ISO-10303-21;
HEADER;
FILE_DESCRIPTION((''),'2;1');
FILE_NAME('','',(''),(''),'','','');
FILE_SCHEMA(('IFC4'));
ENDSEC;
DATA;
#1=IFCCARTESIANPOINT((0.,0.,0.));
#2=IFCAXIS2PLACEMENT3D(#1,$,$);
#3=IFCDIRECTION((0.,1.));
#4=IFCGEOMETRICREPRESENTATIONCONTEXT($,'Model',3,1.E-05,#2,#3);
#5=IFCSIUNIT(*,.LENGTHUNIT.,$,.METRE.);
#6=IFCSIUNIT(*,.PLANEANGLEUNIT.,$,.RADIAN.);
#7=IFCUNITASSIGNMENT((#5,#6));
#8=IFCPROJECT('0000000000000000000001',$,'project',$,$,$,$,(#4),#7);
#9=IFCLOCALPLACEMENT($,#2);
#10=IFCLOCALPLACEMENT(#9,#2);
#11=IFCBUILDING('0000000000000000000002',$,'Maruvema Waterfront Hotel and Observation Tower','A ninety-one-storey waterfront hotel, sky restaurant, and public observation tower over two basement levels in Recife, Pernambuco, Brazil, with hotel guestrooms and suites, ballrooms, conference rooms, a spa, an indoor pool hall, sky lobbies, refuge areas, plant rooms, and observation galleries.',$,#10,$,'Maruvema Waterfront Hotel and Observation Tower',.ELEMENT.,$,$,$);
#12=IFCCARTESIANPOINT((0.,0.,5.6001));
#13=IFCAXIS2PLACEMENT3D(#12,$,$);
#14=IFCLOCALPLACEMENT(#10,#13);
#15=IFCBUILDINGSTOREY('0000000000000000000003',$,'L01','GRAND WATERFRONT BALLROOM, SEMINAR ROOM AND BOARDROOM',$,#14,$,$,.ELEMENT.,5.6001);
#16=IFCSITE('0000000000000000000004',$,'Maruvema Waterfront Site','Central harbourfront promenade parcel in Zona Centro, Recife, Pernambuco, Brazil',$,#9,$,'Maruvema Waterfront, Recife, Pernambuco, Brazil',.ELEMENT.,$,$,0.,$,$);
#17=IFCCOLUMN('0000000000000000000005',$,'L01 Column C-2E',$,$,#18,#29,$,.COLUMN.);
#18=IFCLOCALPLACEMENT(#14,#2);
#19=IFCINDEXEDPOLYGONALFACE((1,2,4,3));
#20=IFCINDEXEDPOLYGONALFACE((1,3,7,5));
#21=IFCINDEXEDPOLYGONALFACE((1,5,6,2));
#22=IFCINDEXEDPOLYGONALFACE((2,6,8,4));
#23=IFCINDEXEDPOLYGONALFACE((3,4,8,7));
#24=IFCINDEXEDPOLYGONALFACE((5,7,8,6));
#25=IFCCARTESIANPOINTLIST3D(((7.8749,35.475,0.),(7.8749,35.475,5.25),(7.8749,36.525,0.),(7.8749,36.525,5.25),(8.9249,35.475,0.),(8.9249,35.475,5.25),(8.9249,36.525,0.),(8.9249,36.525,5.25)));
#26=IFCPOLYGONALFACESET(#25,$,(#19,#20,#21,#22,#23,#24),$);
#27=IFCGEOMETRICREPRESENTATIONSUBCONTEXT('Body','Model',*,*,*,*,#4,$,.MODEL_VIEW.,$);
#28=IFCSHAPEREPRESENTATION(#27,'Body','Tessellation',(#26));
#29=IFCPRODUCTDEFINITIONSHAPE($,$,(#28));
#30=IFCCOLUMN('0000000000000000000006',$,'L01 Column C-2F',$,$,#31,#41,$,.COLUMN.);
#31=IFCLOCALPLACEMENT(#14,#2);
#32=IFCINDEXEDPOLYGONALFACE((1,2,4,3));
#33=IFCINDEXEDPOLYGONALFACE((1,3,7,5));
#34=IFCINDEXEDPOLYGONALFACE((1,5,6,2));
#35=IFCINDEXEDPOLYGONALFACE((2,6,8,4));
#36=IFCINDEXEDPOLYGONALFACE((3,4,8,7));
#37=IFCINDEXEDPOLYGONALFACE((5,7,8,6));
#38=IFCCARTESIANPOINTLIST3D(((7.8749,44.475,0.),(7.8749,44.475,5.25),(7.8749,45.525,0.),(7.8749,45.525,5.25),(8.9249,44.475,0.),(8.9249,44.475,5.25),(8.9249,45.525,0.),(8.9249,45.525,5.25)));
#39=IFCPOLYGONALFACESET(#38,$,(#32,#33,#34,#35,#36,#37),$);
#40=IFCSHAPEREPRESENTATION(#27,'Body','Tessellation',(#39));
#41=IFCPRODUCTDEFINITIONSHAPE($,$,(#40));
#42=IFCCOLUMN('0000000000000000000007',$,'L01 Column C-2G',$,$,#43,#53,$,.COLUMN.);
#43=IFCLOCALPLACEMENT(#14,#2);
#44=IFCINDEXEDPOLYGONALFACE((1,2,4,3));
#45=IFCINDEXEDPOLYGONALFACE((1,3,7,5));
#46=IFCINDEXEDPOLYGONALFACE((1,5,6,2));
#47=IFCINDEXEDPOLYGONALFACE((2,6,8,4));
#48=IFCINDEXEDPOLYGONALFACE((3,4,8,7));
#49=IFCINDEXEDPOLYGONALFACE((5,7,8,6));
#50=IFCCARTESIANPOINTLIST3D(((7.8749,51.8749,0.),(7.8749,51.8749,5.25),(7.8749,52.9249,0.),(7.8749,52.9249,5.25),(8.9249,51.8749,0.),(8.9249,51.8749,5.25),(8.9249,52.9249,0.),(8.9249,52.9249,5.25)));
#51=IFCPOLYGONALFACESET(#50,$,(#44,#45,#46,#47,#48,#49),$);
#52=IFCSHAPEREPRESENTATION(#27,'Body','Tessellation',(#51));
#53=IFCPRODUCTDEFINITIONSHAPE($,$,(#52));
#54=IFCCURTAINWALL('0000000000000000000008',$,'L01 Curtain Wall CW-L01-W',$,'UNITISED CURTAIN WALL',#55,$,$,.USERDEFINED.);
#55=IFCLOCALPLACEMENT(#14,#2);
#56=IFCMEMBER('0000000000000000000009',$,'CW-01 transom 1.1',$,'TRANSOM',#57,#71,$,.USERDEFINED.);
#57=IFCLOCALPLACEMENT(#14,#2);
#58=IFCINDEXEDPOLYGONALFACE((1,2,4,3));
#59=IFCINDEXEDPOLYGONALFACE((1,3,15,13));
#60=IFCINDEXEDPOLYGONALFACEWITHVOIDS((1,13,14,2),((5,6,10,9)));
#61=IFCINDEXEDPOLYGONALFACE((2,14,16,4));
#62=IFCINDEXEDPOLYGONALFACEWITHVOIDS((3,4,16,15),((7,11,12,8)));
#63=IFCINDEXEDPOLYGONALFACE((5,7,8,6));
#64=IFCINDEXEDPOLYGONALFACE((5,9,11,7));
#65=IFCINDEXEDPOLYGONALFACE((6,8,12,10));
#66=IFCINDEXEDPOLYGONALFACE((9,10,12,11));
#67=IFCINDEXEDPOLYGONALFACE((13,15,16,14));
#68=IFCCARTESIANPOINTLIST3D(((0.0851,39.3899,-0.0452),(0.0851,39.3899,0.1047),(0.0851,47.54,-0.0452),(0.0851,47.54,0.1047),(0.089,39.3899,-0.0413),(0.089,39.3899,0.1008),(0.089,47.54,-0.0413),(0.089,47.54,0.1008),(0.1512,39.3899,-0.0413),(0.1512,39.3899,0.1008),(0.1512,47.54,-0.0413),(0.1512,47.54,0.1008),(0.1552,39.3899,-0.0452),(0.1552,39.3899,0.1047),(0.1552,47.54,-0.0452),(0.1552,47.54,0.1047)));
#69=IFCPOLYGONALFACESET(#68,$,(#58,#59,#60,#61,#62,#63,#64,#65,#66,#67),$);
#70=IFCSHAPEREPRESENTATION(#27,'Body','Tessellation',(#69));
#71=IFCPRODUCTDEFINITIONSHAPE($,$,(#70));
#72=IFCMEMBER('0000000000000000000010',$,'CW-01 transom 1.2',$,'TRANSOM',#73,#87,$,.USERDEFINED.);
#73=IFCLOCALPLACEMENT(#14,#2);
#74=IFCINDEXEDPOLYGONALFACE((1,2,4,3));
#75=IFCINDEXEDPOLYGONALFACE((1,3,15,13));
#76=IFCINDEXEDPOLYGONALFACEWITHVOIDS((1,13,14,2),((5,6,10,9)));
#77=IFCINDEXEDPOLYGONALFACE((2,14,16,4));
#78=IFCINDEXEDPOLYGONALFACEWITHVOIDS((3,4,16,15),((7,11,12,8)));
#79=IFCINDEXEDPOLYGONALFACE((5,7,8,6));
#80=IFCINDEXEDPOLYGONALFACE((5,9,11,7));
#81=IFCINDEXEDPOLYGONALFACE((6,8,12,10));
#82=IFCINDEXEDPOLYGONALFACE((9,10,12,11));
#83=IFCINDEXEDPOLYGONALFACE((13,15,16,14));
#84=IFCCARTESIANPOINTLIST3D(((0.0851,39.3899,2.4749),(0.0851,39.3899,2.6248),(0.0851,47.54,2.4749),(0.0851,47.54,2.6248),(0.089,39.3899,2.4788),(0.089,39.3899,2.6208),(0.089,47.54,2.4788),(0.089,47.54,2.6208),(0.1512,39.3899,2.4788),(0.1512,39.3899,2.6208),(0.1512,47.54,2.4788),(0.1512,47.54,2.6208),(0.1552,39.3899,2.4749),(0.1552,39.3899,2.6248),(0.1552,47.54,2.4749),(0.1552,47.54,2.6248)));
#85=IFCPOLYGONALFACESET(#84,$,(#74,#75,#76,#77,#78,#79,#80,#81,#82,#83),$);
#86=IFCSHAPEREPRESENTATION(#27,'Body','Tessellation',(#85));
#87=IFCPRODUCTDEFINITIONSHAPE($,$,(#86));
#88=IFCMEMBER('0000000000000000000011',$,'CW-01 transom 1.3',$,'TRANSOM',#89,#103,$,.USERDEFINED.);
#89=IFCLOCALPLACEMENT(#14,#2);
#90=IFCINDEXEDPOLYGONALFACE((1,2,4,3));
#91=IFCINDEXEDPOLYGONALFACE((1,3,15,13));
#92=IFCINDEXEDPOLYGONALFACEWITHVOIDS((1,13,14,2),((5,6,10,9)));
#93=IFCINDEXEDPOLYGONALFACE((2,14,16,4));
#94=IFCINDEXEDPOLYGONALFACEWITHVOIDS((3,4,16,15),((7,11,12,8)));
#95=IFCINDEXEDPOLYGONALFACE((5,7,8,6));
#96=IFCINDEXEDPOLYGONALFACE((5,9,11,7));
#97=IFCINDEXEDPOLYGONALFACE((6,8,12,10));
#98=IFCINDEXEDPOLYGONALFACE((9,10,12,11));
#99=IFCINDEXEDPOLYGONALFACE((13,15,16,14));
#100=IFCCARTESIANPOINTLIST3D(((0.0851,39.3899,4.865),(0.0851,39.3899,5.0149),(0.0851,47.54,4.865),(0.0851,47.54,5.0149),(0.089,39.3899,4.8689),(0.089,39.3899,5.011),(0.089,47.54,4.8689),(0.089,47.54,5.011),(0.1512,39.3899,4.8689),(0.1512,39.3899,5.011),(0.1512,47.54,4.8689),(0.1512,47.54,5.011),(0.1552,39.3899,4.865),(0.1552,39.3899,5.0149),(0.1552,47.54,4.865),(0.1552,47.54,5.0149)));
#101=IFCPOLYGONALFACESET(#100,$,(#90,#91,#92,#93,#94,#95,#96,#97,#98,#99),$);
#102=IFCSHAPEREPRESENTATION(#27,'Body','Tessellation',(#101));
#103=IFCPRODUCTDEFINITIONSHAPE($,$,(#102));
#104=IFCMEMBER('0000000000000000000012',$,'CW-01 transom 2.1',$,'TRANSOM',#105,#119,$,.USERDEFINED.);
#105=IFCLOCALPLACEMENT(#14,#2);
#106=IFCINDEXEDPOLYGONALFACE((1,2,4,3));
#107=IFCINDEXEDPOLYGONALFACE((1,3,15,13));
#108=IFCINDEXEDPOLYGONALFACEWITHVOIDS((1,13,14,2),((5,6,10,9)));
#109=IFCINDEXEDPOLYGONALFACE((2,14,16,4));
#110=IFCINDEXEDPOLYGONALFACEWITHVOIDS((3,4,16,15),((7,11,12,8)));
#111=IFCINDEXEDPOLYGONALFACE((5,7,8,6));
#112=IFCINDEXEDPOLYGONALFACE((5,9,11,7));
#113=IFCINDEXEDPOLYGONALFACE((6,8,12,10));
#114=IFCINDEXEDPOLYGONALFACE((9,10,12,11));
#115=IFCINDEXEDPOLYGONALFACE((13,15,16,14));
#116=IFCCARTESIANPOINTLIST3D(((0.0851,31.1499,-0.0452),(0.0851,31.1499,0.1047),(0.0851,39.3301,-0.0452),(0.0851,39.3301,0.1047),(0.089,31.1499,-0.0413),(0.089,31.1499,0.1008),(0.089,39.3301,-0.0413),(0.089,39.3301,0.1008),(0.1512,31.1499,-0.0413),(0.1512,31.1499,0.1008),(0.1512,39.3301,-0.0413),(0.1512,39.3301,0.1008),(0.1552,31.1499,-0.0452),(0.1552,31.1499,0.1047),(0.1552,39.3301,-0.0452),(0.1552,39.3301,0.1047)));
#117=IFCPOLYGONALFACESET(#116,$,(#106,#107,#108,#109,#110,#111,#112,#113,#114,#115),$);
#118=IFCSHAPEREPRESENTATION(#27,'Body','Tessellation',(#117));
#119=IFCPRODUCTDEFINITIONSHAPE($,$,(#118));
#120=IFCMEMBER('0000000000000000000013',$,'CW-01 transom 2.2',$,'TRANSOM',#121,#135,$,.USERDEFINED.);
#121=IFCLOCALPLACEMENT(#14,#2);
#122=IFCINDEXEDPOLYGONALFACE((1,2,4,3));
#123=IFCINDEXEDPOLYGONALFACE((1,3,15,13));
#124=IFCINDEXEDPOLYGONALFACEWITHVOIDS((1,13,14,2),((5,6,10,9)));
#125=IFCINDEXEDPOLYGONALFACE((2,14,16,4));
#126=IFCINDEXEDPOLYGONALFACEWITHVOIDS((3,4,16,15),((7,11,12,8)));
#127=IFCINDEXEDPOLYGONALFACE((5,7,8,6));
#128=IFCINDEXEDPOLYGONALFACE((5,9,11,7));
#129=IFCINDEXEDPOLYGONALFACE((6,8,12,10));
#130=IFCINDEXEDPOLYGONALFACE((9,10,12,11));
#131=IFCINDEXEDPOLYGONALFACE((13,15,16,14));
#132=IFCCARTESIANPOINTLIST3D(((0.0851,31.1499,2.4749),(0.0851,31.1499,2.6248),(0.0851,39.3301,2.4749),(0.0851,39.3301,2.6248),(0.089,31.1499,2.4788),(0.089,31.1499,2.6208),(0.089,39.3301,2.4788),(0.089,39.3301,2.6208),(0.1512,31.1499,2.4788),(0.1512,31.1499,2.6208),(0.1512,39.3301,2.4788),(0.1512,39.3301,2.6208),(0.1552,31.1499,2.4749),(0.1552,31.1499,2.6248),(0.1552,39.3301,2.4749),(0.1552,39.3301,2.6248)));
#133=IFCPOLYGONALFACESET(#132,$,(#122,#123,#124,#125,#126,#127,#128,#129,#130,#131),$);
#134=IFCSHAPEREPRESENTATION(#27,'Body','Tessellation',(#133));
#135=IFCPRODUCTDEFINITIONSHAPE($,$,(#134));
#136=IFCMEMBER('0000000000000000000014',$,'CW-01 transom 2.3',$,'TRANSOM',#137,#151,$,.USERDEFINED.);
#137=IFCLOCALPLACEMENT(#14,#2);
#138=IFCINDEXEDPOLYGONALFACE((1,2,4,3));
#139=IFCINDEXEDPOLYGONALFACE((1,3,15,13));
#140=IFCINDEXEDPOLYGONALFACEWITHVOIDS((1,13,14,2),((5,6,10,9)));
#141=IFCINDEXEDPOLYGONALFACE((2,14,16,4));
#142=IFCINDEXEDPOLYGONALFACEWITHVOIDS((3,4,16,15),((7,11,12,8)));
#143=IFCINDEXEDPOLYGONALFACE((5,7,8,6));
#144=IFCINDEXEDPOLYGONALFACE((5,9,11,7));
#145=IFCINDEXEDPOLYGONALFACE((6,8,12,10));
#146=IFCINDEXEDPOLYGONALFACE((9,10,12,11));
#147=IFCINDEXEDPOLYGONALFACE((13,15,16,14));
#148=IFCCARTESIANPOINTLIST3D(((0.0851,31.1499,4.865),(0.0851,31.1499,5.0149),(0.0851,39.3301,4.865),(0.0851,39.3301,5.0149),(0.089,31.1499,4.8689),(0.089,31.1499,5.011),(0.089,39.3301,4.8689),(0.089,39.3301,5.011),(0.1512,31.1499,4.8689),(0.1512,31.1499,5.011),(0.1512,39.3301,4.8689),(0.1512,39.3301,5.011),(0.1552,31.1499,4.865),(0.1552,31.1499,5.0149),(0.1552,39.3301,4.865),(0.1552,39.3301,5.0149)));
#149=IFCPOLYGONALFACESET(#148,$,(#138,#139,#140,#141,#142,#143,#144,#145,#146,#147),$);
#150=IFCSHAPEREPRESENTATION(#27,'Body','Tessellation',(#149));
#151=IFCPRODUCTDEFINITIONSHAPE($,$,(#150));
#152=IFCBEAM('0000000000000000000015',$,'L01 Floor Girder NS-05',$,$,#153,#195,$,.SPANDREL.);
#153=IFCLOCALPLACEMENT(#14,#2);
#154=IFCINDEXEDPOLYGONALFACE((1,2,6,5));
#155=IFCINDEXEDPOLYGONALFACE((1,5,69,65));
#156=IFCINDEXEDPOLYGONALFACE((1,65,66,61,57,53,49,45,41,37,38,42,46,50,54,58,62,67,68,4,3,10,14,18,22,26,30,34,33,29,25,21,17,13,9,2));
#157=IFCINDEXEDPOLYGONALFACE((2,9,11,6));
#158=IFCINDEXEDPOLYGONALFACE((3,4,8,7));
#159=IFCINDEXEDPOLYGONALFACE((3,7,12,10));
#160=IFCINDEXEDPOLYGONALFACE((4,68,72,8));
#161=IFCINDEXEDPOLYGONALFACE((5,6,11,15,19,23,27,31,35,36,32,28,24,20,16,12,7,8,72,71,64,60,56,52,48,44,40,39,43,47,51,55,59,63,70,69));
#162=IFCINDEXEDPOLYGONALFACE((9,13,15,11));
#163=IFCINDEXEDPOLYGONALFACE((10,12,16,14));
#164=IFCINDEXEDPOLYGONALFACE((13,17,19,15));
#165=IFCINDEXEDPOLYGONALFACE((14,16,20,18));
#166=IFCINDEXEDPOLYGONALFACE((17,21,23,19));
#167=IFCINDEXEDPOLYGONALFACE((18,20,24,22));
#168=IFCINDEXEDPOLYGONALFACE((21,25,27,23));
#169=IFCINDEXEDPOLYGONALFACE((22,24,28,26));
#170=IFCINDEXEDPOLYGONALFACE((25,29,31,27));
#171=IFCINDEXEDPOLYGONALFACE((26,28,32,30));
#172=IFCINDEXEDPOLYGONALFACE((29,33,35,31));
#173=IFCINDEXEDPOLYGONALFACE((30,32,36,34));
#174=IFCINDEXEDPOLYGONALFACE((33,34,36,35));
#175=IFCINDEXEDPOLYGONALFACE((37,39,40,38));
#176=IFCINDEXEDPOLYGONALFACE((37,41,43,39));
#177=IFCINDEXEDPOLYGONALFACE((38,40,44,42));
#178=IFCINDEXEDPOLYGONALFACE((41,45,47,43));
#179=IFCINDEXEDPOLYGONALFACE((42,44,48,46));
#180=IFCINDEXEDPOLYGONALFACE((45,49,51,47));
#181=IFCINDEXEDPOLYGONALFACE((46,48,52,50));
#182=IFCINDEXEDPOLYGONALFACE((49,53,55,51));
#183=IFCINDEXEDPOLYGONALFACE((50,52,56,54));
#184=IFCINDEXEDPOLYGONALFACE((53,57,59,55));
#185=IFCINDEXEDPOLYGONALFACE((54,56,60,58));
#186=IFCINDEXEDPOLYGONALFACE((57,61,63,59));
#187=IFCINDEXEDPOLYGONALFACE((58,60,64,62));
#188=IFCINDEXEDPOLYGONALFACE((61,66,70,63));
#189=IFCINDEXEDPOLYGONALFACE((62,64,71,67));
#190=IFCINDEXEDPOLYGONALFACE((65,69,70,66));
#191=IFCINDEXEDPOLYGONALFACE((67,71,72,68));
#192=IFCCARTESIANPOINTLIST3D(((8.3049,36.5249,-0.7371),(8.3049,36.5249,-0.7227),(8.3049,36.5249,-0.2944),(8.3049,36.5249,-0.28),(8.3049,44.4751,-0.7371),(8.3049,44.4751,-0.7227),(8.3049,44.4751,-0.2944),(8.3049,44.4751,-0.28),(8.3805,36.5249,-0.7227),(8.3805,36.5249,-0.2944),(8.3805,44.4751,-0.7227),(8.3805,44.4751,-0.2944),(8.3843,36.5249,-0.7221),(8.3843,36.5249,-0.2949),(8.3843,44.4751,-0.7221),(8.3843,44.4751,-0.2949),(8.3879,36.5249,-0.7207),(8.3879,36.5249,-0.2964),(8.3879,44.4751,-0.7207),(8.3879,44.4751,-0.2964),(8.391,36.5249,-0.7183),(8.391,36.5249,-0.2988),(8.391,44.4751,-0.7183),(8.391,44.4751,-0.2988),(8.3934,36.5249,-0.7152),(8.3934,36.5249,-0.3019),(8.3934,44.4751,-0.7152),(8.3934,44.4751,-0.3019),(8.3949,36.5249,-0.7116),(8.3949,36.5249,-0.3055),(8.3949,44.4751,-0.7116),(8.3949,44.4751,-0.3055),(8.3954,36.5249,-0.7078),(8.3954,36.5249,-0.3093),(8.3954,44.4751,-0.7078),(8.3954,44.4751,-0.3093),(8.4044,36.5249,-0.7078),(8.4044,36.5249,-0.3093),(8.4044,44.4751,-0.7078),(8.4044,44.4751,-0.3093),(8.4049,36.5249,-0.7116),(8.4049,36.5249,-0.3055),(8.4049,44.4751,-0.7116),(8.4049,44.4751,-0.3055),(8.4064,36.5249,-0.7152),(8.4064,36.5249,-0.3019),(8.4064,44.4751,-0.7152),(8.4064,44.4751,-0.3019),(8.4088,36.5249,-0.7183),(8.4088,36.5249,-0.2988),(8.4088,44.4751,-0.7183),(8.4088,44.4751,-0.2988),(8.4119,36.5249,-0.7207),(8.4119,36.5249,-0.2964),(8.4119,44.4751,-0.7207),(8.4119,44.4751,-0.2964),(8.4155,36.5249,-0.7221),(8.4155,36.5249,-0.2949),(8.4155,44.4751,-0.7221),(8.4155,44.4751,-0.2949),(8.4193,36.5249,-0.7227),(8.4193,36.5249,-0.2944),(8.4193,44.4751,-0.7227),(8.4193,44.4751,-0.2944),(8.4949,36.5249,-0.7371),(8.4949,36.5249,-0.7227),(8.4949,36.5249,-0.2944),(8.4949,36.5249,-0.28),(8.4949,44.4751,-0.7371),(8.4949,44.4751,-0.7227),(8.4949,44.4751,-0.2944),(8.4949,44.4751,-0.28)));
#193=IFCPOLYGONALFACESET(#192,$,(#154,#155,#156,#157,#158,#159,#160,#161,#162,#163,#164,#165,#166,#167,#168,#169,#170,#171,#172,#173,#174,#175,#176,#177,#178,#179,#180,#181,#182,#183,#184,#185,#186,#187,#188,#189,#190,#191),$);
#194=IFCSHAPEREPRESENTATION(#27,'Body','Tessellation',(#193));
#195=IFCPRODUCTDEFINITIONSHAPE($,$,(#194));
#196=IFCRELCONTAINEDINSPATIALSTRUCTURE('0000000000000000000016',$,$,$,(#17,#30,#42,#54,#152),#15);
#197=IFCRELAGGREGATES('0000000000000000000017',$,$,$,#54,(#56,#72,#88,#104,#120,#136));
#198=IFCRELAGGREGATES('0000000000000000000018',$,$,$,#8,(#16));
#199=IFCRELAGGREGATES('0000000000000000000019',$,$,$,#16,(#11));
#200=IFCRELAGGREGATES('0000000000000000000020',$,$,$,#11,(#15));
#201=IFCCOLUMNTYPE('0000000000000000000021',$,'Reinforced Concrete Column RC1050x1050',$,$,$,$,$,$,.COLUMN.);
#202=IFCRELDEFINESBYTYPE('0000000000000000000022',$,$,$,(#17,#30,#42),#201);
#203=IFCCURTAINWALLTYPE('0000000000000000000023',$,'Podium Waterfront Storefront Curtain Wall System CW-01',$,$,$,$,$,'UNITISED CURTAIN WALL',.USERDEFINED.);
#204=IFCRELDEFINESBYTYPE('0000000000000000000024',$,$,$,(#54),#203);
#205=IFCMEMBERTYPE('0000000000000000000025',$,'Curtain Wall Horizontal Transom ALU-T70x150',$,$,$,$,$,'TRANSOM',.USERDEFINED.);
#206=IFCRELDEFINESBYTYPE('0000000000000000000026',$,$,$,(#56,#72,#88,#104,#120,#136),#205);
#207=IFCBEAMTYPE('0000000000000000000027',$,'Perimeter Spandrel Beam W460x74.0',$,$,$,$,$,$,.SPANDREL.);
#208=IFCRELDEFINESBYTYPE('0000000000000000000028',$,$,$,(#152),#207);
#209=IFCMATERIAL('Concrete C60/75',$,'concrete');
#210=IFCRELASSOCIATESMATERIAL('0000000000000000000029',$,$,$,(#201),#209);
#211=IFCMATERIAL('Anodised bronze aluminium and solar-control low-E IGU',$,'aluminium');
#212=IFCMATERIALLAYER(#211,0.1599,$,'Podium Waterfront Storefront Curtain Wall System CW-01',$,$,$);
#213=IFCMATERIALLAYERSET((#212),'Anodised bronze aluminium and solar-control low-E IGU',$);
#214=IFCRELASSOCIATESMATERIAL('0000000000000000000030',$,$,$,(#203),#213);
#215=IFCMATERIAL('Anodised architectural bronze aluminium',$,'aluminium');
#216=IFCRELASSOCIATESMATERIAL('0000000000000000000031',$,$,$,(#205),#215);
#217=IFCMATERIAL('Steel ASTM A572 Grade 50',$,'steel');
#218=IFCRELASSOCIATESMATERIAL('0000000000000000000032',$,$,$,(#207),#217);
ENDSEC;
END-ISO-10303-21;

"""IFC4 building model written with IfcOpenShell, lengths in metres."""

from ifc_helpers import new_model, si_unit, direction, frame, origin, origin_2d, place, context, subcontext, project, spatial, rectangle, hollow_rectangle, i_section, extrude, material, layer, layer_set, material_profile, profile_set, type_object, element, aggregate, save


model = new_model("IFC4")

# Units and contexts
model_context = context("Model", 3, precision=1e-05, world=origin(), true_north=direction((0.0, 1.0)))
body_context = subcontext(model_context, "Body", "Model", "MODEL_VIEW")
ifc_project = project(units=[si_unit("LENGTHUNIT", "METRE"), si_unit("PLANEANGLEUNIT", "RADIAN")], contexts=[model_context])

# Site, building, storey
site_placement = place(None, origin())
site = spatial("IfcSite", under=ifc_project, at=site_placement, Name="Maruvema Waterfront Site", Description="Central harbourfront promenade parcel in Zona Centro, Recife, Pernambuco, Brazil", LongName="Maruvema Waterfront, Recife, Pernambuco, Brazil", CompositionType="ELEMENT", RefElevation=0.0)
building_placement = place(site_placement, origin())
building = spatial("IfcBuilding", under=site, at=building_placement, Name="Maruvema Waterfront Hotel and Observation Tower", Description="A ninety-one-storey waterfront hotel, sky restaurant, and public observation tower over two basement levels in Recife, Pernambuco, Brazil, with hotel guestrooms and suites, ballrooms, conference rooms, a spa, an indoor pool hall, sky lobbies, refuge areas, plant rooms, and observation galleries.", LongName="Maruvema Waterfront Hotel and Observation Tower", CompositionType="ELEMENT")
storey_placement = place(building_placement, frame((0.0, 0.0, 5.6001)))
storey = spatial("IfcBuildingStorey", under=building, at=storey_placement, Name="L01", Description="GRAND WATERFRONT BALLROOM, SEMINAR ROOM AND BOARDROOM", CompositionType="ELEMENT", Elevation=5.6001)

# Columns
ifc_material_1 = material(Name="Concrete C60/75", Category="concrete")
ifc_material_profile_1 = material_profile(ifc_material_1, rectangle(XDim=1.05, YDim=1.05, at=origin_2d()), Name="RC1050x1050")
ifc_profile_set_1 = profile_set([ifc_material_profile_1], Name="Concrete C60/75")
column_type = type_object("IfcColumnType", Name="Reinforced Concrete Column RC1050x1050", PredefinedType="COLUMN", material=ifc_profile_set_1)
for number, where, z_axis, x_axis, name in (
    (1, (8.3999, 36.0, 0.0), (0.0, 0.0, 1.0), (1.0, 0.0, 0.0), "L01 Column C-2E"),
    (2, (8.3999, 45.0, 0.0), (0.0, 0.0, 1.0), (1.0, 0.0, 0.0), "L01 Column C-2F"),
    (3, (8.3999, 52.3999, 0.0), (0.0, 0.0, 1.0), (1.0, 0.0, 0.0), "L01 Column C-2G"),
):
    element("IfcColumn", number, at=place(storey_placement, frame(where, z_axis=z_axis, x_axis=x_axis)), inside=storey, type_object=column_type, Name=name, PredefinedType="COLUMN", context=body_context, shape_type="SweptSolid", body=[
        extrude(rectangle(XDim=1.05, YDim=1.05, at=origin_2d()), origin(), (0.0, 0.0, 1.0), 5.25),
    ])

# Curtain wall, members
ifc_material_2 = material(Name="Anodised bronze aluminium and solar-control low-E IGU", Category="aluminium")
ifc_layer_1 = layer(ifc_material_2, 0.1599, Name="Podium Waterfront Storefront Curtain Wall System CW-01")
ifc_layer_set_1 = layer_set([ifc_layer_1], Name="Anodised bronze aluminium and solar-control low-E IGU")
curtain_wall_type = type_object("IfcCurtainWallType", Name="Podium Waterfront Storefront Curtain Wall System CW-01", ElementType="UNITISED CURTAIN WALL", PredefinedType="USERDEFINED", material=ifc_layer_set_1)
curtain_wall_1_placement = place(storey_placement, origin())
curtain_wall_1 = element("IfcCurtainWall", 4, at=curtain_wall_1_placement, inside=storey, type_object=curtain_wall_type, Name="L01 Curtain Wall CW-L01-W", ObjectType="UNITISED CURTAIN WALL", PredefinedType="USERDEFINED")
ifc_material_3 = material(Name="Anodised architectural bronze aluminium", Category="aluminium")
ifc_material_profile_2 = material_profile(ifc_material_3, hollow_rectangle(XDim=0.0701, YDim=0.1499, WallThickness=0.0039, at=origin_2d()), Name="ALU-T70x150")
ifc_profile_set_2 = profile_set([ifc_material_profile_2], Name="Anodised architectural bronze aluminium")
member_type_1 = type_object("IfcMemberType", Name="Curtain Wall Horizontal Transom ALU-T70x150", ElementType="TRANSOM", PredefinedType="USERDEFINED", material=ifc_profile_set_2)
member_1_placement = place(storey_placement, frame((0.1201, 47.54, 0.0298), z_axis=(0.0, -1.0, 0.0), x_axis=(1.0, 0.0, 0.0)))
member_1 = element("IfcMember", 5, at=member_1_placement, type_object=member_type_1, Name="CW-01 transom 1.1", ObjectType="TRANSOM", PredefinedType="USERDEFINED", context=body_context, shape_type="SweptSolid", body=[
    extrude(hollow_rectangle(XDim=0.0701, YDim=0.1499, WallThickness=0.0039, at=origin_2d()), origin(), (0.0, 0.0, 1.0), 8.1501),
])
member_2_placement = place(storey_placement, frame((0.1201, 47.54, 2.5498), z_axis=(0.0, -1.0, 0.0), x_axis=(1.0, 0.0, 0.0)))
member_2 = element("IfcMember", 6, at=member_2_placement, type_object=member_type_1, Name="CW-01 transom 1.2", ObjectType="TRANSOM", PredefinedType="USERDEFINED", context=body_context, shape_type="SweptSolid", body=[
    extrude(hollow_rectangle(XDim=0.0701, YDim=0.1499, WallThickness=0.0039, at=origin_2d()), origin(), (0.0, 0.0, 1.0), 8.1501),
])
member_3_placement = place(storey_placement, frame((0.1201, 47.54, 4.9399), z_axis=(0.0, -1.0, 0.0), x_axis=(1.0, 0.0, 0.0)))
member_3 = element("IfcMember", 7, at=member_3_placement, type_object=member_type_1, Name="CW-01 transom 1.3", ObjectType="TRANSOM", PredefinedType="USERDEFINED", context=body_context, shape_type="SweptSolid", body=[
    extrude(hollow_rectangle(XDim=0.0701, YDim=0.1499, WallThickness=0.0039, at=origin_2d()), origin(), (0.0, 0.0, 1.0), 8.1501),
])
member_4_placement = place(storey_placement, frame((0.1201, 39.3301, 0.0298), z_axis=(0.0, -1.0, 0.0), x_axis=(1.0, 0.0, 0.0)))
member_4 = element("IfcMember", 8, at=member_4_placement, type_object=member_type_1, Name="CW-01 transom 2.1", ObjectType="TRANSOM", PredefinedType="USERDEFINED", context=body_context, shape_type="SweptSolid", body=[
    extrude(hollow_rectangle(XDim=0.0701, YDim=0.1499, WallThickness=0.0039, at=origin_2d()), origin(), (0.0, 0.0, 1.0), 8.1802),
])
member_5_placement = place(storey_placement, frame((0.1201, 39.3301, 2.5498), z_axis=(0.0, -1.0, 0.0), x_axis=(1.0, 0.0, 0.0)))
member_5 = element("IfcMember", 9, at=member_5_placement, type_object=member_type_1, Name="CW-01 transom 2.2", ObjectType="TRANSOM", PredefinedType="USERDEFINED", context=body_context, shape_type="SweptSolid", body=[
    extrude(hollow_rectangle(XDim=0.0701, YDim=0.1499, WallThickness=0.0039, at=origin_2d()), origin(), (0.0, 0.0, 1.0), 8.1802),
])
member_6_placement = place(storey_placement, frame((0.1201, 39.3301, 4.9399), z_axis=(0.0, -1.0, 0.0), x_axis=(1.0, 0.0, 0.0)))
member_6 = element("IfcMember", 10, at=member_6_placement, type_object=member_type_1, Name="CW-01 transom 2.3", ObjectType="TRANSOM", PredefinedType="USERDEFINED", context=body_context, shape_type="SweptSolid", body=[
    extrude(hollow_rectangle(XDim=0.0701, YDim=0.1499, WallThickness=0.0039, at=origin_2d()), origin(), (0.0, 0.0, 1.0), 8.1802),
])

# Beam
ifc_material_4 = material(Name="Steel ASTM A572 Grade 50", Category="steel")
ifc_material_profile_3 = material_profile(ifc_material_4, i_section(OverallWidth=0.1899, OverallDepth=0.457, WebThickness=0.009, FlangeThickness=0.0144, FilletRadius=0.0149, at=origin_2d()), Name="W460x74.0")
ifc_profile_set_3 = profile_set([ifc_material_profile_3], Name="Steel ASTM A572 Grade 50")
beam_type_1 = type_object("IfcBeamType", Name="Perimeter Spandrel Beam W460x74.0", PredefinedType="SPANDREL", material=ifc_profile_set_3)
beam_1_placement = place(storey_placement, frame((8.3999, 36.5249, -0.5085), z_axis=(0.0, 1.0, 0.0), x_axis=(-1.0, 0.0, 0.0)))
element("IfcBeam", 11, at=beam_1_placement, inside=storey, type_object=beam_type_1, Name="L01 Floor Girder NS-05", PredefinedType="SPANDREL", context=body_context, shape_type="SweptSolid", body=[
    extrude(i_section(OverallWidth=0.1899, OverallDepth=0.457, WebThickness=0.009, FlangeThickness=0.0144, FilletRadius=0.0149, at=origin_2d()), origin(), (0.0, 0.0, 1.0), 7.9502),
])

aggregate(curtain_wall_1, [member_1, member_2, member_3, member_4, member_5, member_6])

save(model, "model.ifc")
